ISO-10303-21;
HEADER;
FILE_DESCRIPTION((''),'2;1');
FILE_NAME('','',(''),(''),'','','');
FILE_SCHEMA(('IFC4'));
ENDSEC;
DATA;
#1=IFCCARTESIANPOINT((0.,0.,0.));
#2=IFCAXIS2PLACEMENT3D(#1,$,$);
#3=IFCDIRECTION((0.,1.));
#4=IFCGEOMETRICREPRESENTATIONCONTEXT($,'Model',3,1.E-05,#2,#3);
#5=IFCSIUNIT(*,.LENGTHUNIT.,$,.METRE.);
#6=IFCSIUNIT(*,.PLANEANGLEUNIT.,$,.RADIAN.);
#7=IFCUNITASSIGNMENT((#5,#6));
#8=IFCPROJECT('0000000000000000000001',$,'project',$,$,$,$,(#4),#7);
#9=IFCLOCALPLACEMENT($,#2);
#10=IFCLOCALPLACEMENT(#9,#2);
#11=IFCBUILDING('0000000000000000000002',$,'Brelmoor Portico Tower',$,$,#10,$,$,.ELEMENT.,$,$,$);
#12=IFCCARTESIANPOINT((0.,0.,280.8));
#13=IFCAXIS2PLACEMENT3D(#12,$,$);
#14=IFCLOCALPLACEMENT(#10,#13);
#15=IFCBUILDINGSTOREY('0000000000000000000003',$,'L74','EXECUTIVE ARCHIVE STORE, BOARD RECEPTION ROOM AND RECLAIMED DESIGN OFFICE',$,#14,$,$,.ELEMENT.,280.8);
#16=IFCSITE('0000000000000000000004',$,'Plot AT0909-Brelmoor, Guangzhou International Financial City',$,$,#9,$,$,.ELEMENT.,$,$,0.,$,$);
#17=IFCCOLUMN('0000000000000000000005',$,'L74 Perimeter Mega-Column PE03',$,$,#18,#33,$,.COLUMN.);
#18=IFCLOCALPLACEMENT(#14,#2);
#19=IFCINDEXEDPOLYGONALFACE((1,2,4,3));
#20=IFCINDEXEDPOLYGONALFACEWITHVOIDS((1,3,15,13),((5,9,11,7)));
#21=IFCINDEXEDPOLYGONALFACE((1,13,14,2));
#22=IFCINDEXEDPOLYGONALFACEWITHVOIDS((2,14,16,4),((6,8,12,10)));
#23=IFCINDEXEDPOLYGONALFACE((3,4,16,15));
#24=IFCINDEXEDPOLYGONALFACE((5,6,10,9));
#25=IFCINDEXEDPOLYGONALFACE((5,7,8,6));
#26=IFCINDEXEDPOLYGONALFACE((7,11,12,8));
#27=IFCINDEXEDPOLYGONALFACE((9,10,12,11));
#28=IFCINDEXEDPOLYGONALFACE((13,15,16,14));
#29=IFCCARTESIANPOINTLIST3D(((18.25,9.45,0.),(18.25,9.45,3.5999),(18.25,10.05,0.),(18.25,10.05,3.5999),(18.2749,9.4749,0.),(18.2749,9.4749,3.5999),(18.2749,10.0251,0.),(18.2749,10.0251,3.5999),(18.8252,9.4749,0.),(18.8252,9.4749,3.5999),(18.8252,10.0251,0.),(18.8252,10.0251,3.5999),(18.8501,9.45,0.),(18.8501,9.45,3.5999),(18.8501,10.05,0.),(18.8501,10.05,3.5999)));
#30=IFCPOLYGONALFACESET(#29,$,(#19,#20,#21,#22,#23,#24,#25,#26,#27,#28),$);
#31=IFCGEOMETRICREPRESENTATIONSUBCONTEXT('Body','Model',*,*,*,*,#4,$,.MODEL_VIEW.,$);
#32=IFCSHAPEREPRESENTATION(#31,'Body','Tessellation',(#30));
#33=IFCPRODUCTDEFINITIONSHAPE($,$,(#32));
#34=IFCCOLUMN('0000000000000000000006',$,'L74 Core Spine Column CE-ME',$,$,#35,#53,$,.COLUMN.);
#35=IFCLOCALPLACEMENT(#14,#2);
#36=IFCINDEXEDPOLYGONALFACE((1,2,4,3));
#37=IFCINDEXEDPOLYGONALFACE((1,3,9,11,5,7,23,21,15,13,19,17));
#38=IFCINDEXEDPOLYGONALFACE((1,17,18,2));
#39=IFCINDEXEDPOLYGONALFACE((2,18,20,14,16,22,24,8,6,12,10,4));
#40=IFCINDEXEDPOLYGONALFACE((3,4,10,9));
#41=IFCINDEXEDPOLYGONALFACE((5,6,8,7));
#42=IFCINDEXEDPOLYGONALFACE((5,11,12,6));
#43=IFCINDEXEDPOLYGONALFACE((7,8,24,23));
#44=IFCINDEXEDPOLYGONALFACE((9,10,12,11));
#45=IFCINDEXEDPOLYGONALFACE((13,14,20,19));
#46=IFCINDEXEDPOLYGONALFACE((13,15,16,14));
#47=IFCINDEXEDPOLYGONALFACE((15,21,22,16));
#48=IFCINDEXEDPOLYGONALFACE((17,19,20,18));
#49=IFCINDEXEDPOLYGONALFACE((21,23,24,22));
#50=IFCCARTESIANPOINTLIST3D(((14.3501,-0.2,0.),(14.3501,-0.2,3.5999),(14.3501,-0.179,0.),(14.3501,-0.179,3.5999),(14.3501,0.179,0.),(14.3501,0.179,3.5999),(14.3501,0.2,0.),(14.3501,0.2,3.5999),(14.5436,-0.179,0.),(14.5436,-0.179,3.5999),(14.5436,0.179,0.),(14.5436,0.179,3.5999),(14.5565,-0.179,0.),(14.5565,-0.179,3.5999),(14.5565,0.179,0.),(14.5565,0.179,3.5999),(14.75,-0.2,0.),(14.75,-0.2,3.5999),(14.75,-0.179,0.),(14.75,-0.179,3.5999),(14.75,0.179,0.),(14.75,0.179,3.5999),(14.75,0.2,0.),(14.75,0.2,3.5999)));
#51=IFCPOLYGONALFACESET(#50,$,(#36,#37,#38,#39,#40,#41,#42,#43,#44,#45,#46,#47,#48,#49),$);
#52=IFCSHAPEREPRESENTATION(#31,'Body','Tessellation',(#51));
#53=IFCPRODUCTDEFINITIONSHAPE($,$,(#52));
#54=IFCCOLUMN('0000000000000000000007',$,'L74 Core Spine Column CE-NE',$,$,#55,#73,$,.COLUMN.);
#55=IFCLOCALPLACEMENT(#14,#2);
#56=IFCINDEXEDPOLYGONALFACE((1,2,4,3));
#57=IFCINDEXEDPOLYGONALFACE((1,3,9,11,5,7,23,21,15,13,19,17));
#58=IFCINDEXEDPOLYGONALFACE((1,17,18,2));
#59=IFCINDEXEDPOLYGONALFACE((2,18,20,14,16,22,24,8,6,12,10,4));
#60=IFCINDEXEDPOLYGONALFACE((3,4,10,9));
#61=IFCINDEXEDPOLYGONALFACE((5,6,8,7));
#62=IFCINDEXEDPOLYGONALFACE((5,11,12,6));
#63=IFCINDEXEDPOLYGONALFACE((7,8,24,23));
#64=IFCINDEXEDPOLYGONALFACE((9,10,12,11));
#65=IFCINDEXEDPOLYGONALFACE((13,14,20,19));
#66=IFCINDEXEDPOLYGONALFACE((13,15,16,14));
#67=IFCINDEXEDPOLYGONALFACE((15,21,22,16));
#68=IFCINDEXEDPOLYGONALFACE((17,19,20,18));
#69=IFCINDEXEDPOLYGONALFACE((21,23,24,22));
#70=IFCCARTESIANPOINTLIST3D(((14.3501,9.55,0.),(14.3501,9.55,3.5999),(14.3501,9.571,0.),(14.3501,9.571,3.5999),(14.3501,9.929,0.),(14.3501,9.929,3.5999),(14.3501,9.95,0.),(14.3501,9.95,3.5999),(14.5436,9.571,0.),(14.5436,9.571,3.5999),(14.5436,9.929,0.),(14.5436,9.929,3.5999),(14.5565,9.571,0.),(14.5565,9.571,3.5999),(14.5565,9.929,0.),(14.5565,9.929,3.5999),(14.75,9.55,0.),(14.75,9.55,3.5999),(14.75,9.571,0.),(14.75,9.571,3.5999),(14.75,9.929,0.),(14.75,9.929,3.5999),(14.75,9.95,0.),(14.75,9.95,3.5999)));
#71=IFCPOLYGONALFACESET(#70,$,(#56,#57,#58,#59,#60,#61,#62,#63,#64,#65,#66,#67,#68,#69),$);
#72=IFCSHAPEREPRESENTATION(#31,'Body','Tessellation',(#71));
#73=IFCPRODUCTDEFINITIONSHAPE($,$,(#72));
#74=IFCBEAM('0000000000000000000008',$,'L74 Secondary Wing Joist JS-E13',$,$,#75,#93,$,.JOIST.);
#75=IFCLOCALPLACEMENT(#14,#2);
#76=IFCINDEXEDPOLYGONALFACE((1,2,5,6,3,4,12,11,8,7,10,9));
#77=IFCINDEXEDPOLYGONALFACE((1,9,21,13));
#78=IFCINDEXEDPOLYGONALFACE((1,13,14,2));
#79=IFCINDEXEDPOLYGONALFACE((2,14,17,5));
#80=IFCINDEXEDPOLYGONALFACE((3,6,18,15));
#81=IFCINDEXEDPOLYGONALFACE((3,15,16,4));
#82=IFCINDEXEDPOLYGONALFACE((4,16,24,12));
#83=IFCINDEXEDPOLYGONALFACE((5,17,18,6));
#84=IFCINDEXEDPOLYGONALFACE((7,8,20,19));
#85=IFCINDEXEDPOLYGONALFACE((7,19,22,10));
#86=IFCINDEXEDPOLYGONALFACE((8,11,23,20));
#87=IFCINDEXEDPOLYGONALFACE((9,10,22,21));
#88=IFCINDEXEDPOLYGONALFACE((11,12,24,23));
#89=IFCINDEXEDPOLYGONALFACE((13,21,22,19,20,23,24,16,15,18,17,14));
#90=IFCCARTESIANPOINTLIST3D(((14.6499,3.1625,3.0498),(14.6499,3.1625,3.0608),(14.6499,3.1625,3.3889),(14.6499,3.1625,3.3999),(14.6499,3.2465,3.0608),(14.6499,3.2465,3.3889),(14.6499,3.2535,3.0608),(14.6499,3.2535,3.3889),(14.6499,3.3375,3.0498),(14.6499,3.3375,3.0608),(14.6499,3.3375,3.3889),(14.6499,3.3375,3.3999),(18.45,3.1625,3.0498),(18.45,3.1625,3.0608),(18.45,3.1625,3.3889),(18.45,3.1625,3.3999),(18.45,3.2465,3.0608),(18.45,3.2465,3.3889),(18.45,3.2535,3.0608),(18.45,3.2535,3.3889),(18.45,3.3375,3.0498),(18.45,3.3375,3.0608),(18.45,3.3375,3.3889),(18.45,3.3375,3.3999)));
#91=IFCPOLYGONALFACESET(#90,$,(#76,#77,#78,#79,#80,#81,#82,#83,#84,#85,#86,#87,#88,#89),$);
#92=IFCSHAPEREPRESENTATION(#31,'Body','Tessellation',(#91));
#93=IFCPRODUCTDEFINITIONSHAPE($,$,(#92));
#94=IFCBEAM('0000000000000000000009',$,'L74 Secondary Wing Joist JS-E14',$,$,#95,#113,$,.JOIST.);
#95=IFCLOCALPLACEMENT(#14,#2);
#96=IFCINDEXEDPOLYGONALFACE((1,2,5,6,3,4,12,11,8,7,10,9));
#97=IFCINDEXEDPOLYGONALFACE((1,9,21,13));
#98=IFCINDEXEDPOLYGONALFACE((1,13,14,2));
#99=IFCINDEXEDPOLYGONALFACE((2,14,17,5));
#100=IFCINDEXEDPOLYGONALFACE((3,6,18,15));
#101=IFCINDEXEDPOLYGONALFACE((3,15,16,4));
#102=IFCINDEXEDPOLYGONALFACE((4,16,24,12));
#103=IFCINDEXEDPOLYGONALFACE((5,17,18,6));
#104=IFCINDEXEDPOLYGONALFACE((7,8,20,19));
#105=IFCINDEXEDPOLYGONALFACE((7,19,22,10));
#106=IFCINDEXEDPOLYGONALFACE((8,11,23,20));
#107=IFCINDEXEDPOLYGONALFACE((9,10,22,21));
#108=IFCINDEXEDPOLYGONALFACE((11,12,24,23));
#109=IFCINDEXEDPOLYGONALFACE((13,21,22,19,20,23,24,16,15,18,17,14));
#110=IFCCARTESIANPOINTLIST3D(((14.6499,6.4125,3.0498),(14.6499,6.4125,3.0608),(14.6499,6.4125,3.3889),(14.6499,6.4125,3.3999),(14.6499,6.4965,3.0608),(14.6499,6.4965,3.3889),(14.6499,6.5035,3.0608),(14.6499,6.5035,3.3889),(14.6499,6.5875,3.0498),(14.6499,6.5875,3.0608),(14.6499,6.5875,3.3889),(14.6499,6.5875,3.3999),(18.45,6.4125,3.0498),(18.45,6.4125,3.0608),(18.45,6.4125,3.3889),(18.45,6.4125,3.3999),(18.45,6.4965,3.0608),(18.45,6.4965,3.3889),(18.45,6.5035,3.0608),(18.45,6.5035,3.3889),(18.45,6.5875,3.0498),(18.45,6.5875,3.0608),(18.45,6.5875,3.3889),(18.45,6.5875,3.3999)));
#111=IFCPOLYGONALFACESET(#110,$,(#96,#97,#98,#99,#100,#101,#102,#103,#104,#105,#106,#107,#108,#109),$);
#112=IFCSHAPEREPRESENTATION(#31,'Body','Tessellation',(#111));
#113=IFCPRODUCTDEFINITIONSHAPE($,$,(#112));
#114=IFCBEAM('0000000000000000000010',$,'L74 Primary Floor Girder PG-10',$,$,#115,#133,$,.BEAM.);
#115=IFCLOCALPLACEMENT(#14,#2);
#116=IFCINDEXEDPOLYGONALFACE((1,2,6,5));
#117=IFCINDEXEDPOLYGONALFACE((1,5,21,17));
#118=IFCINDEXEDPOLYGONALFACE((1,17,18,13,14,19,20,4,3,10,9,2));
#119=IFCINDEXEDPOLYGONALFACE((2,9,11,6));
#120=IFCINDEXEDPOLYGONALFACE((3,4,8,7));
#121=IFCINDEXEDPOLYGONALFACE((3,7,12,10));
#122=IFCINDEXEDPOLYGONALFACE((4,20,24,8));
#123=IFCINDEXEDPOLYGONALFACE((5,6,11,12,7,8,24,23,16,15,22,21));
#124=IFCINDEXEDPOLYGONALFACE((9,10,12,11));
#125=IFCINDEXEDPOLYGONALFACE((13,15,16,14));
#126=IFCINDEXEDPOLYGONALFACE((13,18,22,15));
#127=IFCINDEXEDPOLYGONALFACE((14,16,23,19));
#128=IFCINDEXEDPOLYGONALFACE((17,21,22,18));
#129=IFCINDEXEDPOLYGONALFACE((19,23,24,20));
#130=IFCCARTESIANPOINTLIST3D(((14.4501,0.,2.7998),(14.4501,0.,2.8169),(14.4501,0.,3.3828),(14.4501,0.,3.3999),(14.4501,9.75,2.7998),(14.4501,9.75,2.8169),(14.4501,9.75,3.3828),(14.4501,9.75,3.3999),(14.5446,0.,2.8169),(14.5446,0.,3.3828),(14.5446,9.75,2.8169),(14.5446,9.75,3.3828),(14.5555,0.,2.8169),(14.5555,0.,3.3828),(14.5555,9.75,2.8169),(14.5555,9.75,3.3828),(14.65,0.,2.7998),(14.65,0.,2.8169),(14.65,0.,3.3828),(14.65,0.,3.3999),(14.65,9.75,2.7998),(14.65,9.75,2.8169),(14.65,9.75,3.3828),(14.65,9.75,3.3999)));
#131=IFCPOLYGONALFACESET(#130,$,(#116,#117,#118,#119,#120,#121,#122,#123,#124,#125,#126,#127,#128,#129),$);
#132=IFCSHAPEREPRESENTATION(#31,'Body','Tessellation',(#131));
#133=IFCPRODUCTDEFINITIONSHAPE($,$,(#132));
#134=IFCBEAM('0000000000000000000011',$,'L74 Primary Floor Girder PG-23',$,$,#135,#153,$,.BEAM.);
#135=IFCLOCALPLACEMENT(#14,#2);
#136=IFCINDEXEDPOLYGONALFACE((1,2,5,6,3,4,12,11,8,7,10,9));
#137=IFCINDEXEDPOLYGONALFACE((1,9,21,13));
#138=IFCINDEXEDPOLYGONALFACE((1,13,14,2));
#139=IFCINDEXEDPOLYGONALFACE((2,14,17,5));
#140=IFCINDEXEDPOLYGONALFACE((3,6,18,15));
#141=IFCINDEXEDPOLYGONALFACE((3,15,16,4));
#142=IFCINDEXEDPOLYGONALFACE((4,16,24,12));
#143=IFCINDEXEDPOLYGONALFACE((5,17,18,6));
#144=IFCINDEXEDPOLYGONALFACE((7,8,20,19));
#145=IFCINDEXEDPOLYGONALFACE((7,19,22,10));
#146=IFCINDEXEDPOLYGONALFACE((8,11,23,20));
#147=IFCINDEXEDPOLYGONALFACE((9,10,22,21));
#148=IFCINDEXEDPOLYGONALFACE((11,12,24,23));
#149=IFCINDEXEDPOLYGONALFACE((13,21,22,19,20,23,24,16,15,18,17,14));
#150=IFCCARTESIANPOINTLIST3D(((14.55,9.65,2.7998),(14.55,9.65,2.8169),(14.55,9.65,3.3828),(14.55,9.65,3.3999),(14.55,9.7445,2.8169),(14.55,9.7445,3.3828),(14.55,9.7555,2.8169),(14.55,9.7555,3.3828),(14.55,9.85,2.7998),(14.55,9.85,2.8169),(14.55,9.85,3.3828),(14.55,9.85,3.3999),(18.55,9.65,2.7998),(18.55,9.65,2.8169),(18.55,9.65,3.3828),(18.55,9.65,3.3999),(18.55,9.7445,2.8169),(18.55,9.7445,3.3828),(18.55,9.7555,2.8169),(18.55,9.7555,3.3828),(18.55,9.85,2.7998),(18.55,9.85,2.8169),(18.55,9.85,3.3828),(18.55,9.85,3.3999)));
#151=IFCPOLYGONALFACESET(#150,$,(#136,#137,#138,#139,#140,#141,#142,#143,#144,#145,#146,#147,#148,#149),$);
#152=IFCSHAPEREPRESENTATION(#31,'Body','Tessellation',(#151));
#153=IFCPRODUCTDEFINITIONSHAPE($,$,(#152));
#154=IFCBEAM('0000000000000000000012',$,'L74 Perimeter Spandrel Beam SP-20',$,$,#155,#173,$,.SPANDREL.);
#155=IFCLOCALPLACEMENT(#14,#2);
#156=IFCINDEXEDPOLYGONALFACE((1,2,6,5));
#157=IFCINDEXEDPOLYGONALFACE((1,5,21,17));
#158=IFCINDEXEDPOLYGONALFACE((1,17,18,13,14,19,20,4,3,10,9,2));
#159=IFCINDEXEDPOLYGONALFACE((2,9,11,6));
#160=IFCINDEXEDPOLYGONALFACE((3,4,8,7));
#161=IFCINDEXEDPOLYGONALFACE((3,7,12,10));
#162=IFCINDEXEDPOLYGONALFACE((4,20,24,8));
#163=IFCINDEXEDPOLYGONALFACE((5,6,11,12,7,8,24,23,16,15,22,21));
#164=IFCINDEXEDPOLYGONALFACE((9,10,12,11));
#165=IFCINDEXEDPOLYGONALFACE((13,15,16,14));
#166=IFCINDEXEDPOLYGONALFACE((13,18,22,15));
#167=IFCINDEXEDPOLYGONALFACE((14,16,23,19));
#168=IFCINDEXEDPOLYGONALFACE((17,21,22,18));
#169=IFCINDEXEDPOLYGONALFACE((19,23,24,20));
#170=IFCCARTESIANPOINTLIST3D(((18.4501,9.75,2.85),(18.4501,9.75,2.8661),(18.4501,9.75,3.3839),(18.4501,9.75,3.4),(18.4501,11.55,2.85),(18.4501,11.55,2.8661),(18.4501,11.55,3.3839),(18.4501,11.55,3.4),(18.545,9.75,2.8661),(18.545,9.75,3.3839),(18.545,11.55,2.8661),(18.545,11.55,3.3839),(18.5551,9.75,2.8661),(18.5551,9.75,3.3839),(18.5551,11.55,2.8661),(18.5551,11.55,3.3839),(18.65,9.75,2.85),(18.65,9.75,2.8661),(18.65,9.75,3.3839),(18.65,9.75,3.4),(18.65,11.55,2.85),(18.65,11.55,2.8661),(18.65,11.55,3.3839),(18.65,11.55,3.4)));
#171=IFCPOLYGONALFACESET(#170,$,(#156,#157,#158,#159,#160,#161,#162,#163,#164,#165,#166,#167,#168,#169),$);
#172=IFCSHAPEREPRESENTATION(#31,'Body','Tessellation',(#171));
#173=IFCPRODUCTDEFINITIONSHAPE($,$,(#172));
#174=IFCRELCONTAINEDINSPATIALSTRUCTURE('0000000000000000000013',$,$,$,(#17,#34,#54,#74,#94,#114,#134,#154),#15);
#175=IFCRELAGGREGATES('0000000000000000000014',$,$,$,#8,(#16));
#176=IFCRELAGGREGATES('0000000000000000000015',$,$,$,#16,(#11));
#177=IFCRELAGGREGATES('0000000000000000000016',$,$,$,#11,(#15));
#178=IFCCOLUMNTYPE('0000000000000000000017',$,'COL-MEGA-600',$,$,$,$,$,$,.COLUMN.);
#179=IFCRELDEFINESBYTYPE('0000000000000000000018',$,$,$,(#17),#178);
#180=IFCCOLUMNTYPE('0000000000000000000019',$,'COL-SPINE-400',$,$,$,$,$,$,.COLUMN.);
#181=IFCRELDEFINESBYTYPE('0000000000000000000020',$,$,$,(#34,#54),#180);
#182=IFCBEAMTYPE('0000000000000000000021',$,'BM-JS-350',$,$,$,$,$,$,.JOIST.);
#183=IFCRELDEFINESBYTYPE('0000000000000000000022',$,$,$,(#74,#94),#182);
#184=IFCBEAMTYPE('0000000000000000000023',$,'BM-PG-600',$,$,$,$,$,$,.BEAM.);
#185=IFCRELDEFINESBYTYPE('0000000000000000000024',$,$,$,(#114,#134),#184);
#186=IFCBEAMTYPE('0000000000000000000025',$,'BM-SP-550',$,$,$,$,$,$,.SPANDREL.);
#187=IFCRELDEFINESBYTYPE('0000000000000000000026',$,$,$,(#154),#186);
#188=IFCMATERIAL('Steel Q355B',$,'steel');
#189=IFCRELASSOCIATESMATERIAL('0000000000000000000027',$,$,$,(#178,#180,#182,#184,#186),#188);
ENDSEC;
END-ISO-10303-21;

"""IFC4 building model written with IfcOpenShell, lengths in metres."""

from ifc_helpers import new_model, si_unit, direction, frame, origin, origin_2d, place, context, subcontext, project, spatial, hollow_rectangle, i_section, extrude, material, material_profile, profile_set, type_object, element, save


model = new_model("IFC4")

# Units and contexts
model_context = context("Model", 3, precision=1e-05, world=origin(), true_north=direction((0.0, 1.0)))
body_context = subcontext(model_context, "Body", "Model", "MODEL_VIEW")
ifc_project = project(units=[si_unit("LENGTHUNIT", "METRE"), si_unit("PLANEANGLEUNIT", "RADIAN")], contexts=[model_context])

# Site, building, storey
site_placement = place(None, origin())
site = spatial("IfcSite", under=ifc_project, at=site_placement, Name="Plot AT0909-Brelmoor, Guangzhou International Financial City", CompositionType="ELEMENT", RefElevation=0.0)
building_placement = place(site_placement, origin())
building = spatial("IfcBuilding", under=site, at=building_placement, Name="Brelmoor Portico Tower", CompositionType="ELEMENT")
storey_placement = place(building_placement, frame((0.0, 0.0, 280.8)))
storey = spatial("IfcBuildingStorey", under=building, at=storey_placement, Name="L74", Description="EXECUTIVE ARCHIVE STORE, BOARD RECEPTION ROOM AND RECLAIMED DESIGN OFFICE", CompositionType="ELEMENT", Elevation=280.8)

# Columns
ifc_material_1 = material(Name="Steel Q355B", Category="steel")
ifc_material_profile_1 = material_profile(ifc_material_1, hollow_rectangle(XDim=0.6001, YDim=0.6001, WallThickness=0.0249, at=origin_2d()), Name="BOX 600x600x25")
ifc_profile_set_1 = profile_set([ifc_material_profile_1], Name="Steel Q355B")
column_type_1 = type_object("IfcColumnType", Name="COL-MEGA-600", PredefinedType="COLUMN", material=ifc_profile_set_1)
column_placement = place(storey_placement, frame((18.55, 9.75, 0.0), z_axis=(0.0, 0.0, 1.0), x_axis=(0.0, 1.0, 0.0)))
element("IfcColumn", 1, at=column_placement, inside=storey, type_object=column_type_1, Name="L74 Perimeter Mega-Column PE03", PredefinedType="COLUMN", context=body_context, shape_type="SweptSolid", body=[
    extrude(hollow_rectangle(XDim=0.6001, YDim=0.6001, WallThickness=0.0249, at=origin_2d()), origin(), (0.0, 0.0, 1.0), 3.5999),
])
ifc_material_profile_2 = material_profile(ifc_material_1, i_section(OverallWidth=0.3999, OverallDepth=0.3999, WebThickness=0.0129, FlangeThickness=0.021, at=origin_2d()), Name="HW 400x400x13x21")
ifc_profile_set_2 = profile_set([ifc_material_profile_2], Name="Steel Q355B")
column_type_2 = type_object("IfcColumnType", Name="COL-SPINE-400", PredefinedType="COLUMN", material=ifc_profile_set_2)
for number, where, z_axis, x_axis, name in (
    (2, (14.55, 0.0, 0.0), (0.0, 0.0, 1.0), (1.0, 0.0, 0.0), "L74 Core Spine Column CE-ME"),
    (3, (14.55, 9.75, 0.0), (0.0, 0.0, 1.0), (1.0, 0.0, 0.0), "L74 Core Spine Column CE-NE"),
):
    element("IfcColumn", number, at=place(storey_placement, frame(where, z_axis=z_axis, x_axis=x_axis)), inside=storey, type_object=column_type_2, Name=name, PredefinedType="COLUMN", context=body_context, shape_type="SweptSolid", body=[
        extrude(i_section(OverallWidth=0.3999, OverallDepth=0.3999, WebThickness=0.0129, FlangeThickness=0.021, at=origin_2d()), origin(), (0.0, 0.0, 1.0), 3.5999),
    ])

# Beams
ifc_material_profile_3 = material_profile(ifc_material_1, i_section(OverallWidth=0.175, OverallDepth=0.3501, WebThickness=0.0071, FlangeThickness=0.011, at=origin_2d()), Name="HN 350x175x7x11")
ifc_profile_set_3 = profile_set([ifc_material_profile_3], Name="Steel Q355B")
beam_type_1 = type_object("IfcBeamType", Name="BM-JS-350", PredefinedType="JOIST", material=ifc_profile_set_3)
for number, where, z_axis, x_axis, name in (
    (4, (14.6499, 3.25, 3.2249), (1.0, 0.0, 0.0), (0.0, 1.0, 0.0), "L74 Secondary Wing Joist JS-E13"),
    (5, (14.6499, 6.5, 3.2249), (1.0, 0.0, 0.0), (0.0, 1.0, 0.0), "L74 Secondary Wing Joist JS-E14"),
):
    element("IfcBeam", number, at=place(storey_placement, frame(where, z_axis=z_axis, x_axis=x_axis)), inside=storey, type_object=beam_type_1, Name=name, PredefinedType="JOIST", context=body_context, shape_type="SweptSolid", body=[
        extrude(i_section(OverallWidth=0.175, OverallDepth=0.3501, WebThickness=0.0071, FlangeThickness=0.011, at=origin_2d()), origin(), (0.0, 0.0, 1.0), 3.8),
    ])
ifc_material_profile_4 = material_profile(ifc_material_1, i_section(OverallWidth=0.2, OverallDepth=0.6001, WebThickness=0.011, FlangeThickness=0.0171, at=origin_2d()), Name="HN 600x200x11x17")
ifc_profile_set_4 = profile_set([ifc_material_profile_4], Name="Steel Q355B")
beam_type_2 = type_object("IfcBeamType", Name="BM-PG-600", PredefinedType="BEAM", material=ifc_profile_set_4)
beam_1_placement = place(storey_placement, frame((14.55, 0.0, 3.0999), z_axis=(0.0, 1.0, 0.0), x_axis=(-1.0, 0.0, 0.0)))
element("IfcBeam", 6, at=beam_1_placement, inside=storey, type_object=beam_type_2, Name="L74 Primary Floor Girder PG-10", PredefinedType="BEAM", context=body_context, shape_type="SweptSolid", body=[
    extrude(i_section(OverallWidth=0.2, OverallDepth=0.6001, WebThickness=0.011, FlangeThickness=0.0171, at=origin_2d()), origin(), (0.0, 0.0, 1.0), 9.75),
])
beam_2_placement = place(storey_placement, frame((14.55, 9.75, 3.0999), z_axis=(1.0, 0.0, 0.0), x_axis=(0.0, 1.0, 0.0)))
element("IfcBeam", 7, at=beam_2_placement, inside=storey, type_object=beam_type_2, Name="L74 Primary Floor Girder PG-23", PredefinedType="BEAM", context=body_context, shape_type="SweptSolid", body=[
    extrude(i_section(OverallWidth=0.2, OverallDepth=0.6001, WebThickness=0.011, FlangeThickness=0.0171, at=origin_2d()), origin(), (0.0, 0.0, 1.0), 4.0),
])
ifc_material_profile_5 = material_profile(ifc_material_1, i_section(OverallWidth=0.2, OverallDepth=0.55, WebThickness=0.01, FlangeThickness=0.0161, at=origin_2d()), Name="HN 550x200x10x16")
ifc_profile_set_5 = profile_set([ifc_material_profile_5], Name="Steel Q355B")
beam_type_3 = type_object("IfcBeamType", Name="BM-SP-550", PredefinedType="SPANDREL", material=ifc_profile_set_5)
beam_3_placement = place(storey_placement, frame((18.55, 9.75, 3.125), z_axis=(0.0, 1.0, 0.0), x_axis=(-1.0, 0.0, 0.0)))
element("IfcBeam", 8, at=beam_3_placement, inside=storey, type_object=beam_type_3, Name="L74 Perimeter Spandrel Beam SP-20", PredefinedType="SPANDREL", context=body_context, shape_type="SweptSolid", body=[
    extrude(i_section(OverallWidth=0.2, OverallDepth=0.55, WebThickness=0.01, FlangeThickness=0.0161, at=origin_2d()), origin(), (0.0, 0.0, 1.0), 1.8),
])

save(model, "model.ifc")
